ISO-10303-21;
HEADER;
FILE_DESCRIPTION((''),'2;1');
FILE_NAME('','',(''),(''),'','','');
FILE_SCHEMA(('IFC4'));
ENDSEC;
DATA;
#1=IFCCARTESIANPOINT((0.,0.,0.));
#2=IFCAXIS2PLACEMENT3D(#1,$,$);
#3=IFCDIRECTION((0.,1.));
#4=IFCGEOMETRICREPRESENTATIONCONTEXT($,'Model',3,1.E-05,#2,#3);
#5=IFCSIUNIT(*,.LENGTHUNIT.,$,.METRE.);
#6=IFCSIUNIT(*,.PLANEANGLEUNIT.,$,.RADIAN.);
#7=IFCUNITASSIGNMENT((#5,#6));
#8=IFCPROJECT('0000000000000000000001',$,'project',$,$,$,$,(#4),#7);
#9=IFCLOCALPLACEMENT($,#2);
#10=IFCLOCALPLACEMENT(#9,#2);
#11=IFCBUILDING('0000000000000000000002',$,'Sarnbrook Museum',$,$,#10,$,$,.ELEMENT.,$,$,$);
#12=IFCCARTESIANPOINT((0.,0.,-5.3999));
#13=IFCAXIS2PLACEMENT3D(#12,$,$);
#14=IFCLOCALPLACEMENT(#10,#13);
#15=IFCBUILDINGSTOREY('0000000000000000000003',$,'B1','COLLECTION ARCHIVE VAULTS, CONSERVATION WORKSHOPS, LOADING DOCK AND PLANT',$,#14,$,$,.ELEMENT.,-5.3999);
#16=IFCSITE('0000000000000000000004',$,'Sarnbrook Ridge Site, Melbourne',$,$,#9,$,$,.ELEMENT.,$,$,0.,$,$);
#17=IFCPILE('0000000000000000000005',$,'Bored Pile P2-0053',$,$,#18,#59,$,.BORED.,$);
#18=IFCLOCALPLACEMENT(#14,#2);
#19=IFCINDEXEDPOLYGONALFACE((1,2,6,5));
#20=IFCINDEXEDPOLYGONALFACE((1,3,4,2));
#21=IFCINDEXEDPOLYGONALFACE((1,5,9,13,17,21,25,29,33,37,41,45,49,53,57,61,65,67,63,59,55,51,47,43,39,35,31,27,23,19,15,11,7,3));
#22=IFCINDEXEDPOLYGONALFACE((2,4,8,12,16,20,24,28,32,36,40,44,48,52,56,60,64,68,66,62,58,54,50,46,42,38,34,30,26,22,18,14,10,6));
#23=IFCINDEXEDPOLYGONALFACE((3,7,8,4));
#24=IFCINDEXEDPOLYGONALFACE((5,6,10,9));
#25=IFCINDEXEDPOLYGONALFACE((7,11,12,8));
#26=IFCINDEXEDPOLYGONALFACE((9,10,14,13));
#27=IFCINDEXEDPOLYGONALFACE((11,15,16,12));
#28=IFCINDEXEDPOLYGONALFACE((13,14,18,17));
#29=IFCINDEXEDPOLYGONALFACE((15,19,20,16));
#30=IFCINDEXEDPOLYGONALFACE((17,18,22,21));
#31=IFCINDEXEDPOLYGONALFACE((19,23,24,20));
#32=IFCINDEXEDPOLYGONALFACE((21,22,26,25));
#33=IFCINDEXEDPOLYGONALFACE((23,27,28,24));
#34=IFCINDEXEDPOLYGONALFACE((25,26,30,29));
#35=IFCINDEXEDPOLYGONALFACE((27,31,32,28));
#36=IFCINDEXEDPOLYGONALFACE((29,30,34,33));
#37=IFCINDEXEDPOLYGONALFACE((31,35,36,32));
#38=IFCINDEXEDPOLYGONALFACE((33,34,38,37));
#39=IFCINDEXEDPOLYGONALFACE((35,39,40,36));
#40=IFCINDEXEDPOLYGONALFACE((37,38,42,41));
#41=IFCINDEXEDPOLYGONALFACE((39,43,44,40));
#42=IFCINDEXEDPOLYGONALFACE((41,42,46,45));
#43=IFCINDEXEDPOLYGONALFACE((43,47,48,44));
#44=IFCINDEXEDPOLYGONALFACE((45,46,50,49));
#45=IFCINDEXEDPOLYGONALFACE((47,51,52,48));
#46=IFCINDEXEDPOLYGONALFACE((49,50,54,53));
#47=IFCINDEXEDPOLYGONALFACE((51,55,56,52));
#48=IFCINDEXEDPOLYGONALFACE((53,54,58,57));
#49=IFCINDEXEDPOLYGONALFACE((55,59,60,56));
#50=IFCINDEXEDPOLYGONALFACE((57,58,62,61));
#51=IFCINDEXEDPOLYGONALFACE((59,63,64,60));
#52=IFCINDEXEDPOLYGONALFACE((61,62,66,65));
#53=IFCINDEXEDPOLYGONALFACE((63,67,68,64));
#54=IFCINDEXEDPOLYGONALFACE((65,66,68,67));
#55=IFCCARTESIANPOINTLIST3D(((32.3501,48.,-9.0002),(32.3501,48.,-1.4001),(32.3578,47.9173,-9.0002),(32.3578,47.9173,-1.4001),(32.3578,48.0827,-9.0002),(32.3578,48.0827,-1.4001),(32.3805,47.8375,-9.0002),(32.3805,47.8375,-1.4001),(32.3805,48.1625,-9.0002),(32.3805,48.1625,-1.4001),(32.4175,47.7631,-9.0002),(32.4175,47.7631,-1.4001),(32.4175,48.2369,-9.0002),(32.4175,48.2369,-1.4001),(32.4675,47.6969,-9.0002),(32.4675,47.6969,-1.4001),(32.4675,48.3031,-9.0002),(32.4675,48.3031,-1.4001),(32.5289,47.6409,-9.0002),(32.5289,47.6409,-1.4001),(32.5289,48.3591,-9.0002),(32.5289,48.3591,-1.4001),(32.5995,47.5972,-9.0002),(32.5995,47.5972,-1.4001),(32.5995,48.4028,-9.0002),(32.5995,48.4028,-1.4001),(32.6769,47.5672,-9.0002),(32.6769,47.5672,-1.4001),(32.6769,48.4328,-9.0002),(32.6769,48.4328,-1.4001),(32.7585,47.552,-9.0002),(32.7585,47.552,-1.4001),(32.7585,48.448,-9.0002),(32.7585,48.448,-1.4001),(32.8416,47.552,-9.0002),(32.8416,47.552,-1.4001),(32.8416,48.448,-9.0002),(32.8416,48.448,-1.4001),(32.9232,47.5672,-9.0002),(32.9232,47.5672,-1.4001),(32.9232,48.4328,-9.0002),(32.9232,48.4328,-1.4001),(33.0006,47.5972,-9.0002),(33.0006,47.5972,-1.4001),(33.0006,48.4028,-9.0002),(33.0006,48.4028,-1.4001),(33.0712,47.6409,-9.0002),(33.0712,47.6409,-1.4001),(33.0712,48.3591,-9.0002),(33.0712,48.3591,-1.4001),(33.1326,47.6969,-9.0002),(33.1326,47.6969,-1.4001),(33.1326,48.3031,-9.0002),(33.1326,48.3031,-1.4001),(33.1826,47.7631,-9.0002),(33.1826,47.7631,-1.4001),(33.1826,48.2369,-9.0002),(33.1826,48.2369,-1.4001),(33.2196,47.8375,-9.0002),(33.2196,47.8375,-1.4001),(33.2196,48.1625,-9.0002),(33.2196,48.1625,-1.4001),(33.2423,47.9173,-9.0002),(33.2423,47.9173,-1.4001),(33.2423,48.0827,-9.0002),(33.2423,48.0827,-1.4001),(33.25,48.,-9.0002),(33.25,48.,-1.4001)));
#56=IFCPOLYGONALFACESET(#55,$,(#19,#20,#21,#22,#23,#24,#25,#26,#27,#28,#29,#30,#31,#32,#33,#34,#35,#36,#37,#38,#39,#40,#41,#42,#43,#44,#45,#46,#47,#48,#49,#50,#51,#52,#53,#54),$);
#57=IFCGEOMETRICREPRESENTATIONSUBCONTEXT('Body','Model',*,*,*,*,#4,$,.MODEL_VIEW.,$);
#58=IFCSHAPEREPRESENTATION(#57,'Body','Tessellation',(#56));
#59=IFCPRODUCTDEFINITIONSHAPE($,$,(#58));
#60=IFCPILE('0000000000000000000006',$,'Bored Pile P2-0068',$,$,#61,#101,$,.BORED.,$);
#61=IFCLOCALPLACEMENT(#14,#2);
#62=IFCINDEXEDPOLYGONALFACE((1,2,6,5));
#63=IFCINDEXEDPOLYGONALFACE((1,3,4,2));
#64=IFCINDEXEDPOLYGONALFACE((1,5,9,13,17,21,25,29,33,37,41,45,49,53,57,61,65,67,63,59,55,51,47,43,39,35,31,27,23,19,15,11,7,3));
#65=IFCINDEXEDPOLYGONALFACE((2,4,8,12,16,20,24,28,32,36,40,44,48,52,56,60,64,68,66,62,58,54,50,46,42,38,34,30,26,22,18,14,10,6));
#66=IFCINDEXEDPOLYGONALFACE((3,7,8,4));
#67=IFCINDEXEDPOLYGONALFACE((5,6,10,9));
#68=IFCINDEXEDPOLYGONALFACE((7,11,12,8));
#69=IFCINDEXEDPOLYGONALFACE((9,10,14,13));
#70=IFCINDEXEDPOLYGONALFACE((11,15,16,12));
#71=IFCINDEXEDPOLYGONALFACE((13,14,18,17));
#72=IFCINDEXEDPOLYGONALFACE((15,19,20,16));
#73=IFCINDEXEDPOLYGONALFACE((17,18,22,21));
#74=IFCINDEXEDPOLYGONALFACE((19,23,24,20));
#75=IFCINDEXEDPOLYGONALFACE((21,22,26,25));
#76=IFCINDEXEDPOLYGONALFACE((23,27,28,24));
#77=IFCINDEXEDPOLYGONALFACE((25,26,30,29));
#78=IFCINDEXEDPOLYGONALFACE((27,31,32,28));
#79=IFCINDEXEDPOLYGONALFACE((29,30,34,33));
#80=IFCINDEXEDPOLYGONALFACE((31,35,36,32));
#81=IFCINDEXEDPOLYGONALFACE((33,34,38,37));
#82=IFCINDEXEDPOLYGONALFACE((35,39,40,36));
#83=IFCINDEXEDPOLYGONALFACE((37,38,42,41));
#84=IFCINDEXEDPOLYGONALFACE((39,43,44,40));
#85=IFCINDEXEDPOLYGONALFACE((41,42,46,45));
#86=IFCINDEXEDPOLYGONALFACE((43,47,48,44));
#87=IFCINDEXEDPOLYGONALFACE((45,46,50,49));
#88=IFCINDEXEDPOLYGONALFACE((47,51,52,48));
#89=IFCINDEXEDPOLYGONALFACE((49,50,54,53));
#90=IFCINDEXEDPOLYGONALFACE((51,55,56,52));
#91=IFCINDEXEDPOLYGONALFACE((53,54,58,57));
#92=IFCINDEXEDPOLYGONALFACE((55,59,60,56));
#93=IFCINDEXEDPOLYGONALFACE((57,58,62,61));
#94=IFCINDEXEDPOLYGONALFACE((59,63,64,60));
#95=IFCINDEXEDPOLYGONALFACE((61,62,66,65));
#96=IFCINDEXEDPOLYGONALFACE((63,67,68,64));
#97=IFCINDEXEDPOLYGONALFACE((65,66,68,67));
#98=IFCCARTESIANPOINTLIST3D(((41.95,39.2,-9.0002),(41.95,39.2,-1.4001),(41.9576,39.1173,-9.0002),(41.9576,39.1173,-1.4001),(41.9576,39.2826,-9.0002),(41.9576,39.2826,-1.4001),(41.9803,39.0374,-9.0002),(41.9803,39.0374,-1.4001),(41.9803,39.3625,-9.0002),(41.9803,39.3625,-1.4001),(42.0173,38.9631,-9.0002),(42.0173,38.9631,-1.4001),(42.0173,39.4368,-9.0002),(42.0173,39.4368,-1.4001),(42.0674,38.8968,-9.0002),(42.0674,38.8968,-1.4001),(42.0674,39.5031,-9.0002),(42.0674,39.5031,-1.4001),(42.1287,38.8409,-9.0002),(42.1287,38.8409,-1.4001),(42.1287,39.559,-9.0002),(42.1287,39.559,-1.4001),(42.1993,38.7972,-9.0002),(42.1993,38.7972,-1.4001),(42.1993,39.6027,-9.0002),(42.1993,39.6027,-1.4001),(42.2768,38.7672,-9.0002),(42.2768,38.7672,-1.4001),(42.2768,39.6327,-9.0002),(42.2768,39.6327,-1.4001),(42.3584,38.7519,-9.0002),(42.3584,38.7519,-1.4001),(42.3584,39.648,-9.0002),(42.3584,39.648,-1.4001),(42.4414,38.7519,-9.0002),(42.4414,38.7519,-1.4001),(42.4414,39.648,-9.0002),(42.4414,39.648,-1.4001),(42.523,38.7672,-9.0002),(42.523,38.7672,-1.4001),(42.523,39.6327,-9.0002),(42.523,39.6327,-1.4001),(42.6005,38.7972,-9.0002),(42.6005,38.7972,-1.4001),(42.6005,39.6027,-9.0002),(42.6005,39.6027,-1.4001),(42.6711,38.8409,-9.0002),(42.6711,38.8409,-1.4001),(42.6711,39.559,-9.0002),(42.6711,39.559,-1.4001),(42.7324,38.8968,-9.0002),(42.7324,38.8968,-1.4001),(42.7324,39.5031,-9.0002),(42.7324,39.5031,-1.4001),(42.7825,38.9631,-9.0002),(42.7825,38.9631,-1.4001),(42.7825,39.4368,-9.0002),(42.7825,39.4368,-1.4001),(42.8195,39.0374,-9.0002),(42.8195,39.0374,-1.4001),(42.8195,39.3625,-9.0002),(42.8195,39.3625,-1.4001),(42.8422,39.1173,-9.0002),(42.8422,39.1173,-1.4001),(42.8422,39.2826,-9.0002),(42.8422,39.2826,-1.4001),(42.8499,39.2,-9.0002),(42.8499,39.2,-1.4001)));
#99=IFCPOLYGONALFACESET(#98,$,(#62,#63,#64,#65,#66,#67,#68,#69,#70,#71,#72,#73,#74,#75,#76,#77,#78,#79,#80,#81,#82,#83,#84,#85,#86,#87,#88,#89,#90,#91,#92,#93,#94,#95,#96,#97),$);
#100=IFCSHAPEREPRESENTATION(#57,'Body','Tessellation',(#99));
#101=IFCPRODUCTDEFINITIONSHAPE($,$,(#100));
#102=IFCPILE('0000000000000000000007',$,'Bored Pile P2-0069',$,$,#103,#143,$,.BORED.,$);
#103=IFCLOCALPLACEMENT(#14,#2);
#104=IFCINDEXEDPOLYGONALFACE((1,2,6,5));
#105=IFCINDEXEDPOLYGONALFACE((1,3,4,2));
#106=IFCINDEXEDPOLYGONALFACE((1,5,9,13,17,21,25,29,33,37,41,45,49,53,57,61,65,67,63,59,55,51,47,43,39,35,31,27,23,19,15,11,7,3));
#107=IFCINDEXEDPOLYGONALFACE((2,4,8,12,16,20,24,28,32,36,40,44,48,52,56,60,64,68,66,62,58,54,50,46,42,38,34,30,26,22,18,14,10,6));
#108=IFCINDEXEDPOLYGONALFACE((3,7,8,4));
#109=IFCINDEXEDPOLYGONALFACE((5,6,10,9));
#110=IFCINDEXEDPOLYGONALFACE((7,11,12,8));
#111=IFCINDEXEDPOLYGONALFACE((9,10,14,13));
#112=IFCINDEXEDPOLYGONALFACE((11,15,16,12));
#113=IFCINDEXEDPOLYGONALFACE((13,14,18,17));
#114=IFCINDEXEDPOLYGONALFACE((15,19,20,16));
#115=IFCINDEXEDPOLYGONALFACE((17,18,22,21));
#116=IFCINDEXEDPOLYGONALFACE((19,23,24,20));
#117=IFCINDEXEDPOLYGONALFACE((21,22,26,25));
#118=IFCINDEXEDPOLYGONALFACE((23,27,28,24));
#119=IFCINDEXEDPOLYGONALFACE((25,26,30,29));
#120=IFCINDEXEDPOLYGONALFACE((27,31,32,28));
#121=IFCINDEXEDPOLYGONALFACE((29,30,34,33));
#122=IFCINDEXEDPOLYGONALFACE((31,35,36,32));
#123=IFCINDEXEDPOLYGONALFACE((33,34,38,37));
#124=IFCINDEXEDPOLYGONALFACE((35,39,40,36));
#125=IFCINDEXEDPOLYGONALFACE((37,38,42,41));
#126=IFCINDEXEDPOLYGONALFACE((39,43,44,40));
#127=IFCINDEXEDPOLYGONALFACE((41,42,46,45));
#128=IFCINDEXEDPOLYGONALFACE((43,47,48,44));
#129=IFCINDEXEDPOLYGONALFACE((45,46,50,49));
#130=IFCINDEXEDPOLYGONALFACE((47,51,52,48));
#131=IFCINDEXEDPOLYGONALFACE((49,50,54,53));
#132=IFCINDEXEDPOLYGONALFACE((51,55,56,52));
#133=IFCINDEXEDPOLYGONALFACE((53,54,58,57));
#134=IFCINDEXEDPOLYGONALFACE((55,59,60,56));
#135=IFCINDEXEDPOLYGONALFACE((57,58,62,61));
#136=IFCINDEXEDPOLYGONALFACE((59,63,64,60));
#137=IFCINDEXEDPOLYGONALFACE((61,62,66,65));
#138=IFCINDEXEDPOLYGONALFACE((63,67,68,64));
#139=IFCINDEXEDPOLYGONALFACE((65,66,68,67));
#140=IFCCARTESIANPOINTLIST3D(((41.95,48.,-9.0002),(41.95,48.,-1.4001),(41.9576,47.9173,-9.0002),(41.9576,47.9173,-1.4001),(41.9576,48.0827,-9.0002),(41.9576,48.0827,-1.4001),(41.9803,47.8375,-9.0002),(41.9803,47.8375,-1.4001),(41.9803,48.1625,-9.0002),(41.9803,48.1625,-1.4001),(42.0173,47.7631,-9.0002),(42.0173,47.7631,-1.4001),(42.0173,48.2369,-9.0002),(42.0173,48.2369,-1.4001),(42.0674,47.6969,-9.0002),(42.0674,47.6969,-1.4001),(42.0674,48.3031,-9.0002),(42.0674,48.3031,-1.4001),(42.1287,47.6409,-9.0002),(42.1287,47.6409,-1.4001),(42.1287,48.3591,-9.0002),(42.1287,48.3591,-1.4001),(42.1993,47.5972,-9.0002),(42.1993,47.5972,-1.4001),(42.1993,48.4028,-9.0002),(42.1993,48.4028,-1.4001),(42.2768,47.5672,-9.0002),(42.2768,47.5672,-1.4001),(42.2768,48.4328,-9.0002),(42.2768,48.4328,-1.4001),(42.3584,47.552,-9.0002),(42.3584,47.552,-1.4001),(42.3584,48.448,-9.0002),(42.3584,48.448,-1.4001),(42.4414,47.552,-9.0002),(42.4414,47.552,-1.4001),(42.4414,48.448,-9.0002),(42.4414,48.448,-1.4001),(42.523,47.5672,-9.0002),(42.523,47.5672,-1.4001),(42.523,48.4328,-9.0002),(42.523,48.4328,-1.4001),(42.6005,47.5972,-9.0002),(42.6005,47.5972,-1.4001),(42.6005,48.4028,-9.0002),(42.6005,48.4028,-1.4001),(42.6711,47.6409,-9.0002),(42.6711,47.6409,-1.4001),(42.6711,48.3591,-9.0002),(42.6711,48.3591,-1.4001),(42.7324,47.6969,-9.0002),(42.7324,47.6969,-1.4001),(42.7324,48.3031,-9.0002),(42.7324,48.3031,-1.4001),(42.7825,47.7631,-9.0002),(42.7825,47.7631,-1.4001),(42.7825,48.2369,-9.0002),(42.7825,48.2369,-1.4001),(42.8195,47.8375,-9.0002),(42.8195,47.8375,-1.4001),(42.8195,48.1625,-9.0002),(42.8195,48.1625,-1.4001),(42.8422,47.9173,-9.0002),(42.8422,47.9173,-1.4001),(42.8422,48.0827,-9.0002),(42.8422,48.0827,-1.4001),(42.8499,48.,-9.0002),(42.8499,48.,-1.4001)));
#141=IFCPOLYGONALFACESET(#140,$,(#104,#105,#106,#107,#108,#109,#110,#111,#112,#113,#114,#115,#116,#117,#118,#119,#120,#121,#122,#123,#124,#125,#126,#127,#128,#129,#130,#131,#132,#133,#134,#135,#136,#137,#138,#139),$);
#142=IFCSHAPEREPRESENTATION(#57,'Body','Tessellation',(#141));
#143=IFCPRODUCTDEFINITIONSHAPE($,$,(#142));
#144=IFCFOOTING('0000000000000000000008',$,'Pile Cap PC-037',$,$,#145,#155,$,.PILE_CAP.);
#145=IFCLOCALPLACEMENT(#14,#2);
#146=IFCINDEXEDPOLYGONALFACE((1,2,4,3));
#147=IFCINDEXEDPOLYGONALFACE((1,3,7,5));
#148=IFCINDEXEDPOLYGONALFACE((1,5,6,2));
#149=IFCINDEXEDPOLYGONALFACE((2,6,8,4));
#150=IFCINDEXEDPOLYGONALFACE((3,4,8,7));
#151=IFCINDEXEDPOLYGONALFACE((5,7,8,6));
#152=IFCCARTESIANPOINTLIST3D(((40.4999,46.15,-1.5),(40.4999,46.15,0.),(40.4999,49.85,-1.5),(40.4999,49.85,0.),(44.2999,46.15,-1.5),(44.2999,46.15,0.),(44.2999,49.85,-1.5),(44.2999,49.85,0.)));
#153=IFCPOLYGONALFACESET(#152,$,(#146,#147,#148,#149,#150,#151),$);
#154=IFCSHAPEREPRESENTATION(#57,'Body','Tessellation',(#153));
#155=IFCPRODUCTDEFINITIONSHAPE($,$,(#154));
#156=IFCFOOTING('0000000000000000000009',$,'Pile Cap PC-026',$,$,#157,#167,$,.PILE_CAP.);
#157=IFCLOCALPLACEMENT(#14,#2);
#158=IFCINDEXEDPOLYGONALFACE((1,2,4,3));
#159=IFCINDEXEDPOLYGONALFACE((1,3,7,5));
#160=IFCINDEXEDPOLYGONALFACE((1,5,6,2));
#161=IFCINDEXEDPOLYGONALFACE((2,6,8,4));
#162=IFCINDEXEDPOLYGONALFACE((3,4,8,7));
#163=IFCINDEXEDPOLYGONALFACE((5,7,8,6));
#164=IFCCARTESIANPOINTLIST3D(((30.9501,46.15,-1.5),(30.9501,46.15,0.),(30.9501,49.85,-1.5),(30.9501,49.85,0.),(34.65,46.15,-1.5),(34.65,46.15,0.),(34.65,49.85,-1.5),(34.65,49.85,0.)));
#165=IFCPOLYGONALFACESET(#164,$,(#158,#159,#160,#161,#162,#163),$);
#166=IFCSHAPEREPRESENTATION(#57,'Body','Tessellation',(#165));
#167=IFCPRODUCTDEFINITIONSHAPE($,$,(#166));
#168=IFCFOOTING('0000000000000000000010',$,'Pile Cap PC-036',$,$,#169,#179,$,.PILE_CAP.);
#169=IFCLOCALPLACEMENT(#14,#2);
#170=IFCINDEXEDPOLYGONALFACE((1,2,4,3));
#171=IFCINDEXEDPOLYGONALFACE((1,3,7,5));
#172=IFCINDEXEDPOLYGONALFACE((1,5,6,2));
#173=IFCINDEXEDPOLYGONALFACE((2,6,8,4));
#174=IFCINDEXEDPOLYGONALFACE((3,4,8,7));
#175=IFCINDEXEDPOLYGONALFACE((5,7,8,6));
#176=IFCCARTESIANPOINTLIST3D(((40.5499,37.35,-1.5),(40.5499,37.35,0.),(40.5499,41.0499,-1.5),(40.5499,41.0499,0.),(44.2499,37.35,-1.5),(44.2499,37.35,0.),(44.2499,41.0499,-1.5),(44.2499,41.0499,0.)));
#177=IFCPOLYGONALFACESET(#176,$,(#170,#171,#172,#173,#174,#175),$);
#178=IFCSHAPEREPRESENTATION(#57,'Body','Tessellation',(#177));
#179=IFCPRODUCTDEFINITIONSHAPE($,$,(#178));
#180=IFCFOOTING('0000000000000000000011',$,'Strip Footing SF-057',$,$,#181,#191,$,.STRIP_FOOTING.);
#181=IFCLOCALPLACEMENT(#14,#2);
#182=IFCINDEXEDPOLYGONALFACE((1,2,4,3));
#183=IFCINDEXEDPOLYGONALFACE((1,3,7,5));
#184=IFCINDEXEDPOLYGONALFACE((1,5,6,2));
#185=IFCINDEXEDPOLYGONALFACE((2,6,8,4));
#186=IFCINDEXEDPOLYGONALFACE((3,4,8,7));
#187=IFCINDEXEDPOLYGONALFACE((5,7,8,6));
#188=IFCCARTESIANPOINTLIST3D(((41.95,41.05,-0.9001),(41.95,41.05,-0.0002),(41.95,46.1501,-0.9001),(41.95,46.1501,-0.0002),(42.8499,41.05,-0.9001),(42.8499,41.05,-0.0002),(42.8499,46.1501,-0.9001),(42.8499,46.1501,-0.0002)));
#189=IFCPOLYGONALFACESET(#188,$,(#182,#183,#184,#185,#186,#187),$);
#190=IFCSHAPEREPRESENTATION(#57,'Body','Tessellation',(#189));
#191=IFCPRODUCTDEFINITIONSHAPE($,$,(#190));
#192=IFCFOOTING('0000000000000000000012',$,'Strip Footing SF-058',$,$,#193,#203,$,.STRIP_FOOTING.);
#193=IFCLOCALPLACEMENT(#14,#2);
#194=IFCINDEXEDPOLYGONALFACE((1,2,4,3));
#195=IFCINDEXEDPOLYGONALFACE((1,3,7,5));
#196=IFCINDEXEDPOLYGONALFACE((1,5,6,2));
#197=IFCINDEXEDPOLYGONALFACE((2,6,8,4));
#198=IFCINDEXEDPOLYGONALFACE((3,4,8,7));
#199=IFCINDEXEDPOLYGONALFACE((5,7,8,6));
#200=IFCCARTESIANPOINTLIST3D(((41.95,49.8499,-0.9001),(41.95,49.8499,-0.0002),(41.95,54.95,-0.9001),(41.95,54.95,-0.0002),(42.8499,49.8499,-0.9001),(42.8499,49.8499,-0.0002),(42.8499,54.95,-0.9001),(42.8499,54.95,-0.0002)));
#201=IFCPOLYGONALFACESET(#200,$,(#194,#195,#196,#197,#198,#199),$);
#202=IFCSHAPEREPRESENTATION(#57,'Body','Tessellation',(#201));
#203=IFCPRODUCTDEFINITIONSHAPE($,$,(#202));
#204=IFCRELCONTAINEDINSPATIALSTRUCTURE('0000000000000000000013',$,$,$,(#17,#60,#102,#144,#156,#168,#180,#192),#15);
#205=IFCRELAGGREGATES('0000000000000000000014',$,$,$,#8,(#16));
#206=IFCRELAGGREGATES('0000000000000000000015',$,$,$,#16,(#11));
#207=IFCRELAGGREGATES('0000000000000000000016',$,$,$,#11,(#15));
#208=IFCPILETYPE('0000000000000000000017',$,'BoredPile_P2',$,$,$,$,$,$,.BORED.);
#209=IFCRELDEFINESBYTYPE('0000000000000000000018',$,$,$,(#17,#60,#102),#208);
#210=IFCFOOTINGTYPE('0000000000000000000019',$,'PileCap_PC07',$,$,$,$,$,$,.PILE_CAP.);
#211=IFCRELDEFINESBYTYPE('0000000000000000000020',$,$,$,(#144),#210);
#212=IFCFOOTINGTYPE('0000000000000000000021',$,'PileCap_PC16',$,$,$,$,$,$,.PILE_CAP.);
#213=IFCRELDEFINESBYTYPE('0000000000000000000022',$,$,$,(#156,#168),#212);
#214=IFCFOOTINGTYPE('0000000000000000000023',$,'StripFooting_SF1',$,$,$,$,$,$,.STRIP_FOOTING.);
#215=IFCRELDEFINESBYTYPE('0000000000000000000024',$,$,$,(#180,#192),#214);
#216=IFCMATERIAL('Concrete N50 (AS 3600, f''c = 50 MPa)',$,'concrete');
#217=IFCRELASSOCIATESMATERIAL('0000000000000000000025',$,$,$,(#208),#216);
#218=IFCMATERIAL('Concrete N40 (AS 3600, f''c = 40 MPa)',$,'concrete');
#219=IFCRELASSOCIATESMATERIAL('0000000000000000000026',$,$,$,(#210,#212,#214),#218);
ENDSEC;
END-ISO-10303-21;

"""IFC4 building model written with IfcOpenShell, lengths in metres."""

from ifc_helpers import new_model, si_unit, direction, frame, origin, origin_2d, place, context, subcontext, project, spatial, rectangle, circle, extrude, material, material_profile, profile_set, type_object, element, save


model = new_model("IFC4")

# Units and contexts
model_context = context("Model", 3, precision=1e-05, world=origin(), true_north=direction((0.0, 1.0)))
body_context = subcontext(model_context, "Body", "Model", "MODEL_VIEW")
ifc_project = project(units=[si_unit("LENGTHUNIT", "METRE"), si_unit("PLANEANGLEUNIT", "RADIAN")], contexts=[model_context])

# Site, building, storey
site_placement = place(None, origin())
site = spatial("IfcSite", under=ifc_project, at=site_placement, Name="Sarnbrook Ridge Site, Melbourne", CompositionType="ELEMENT", RefElevation=0.0)
building_placement = place(site_placement, origin())
building = spatial("IfcBuilding", under=site, at=building_placement, Name="Sarnbrook Museum", CompositionType="ELEMENT")
storey_placement = place(building_placement, frame((0.0, 0.0, -5.3999)))
storey = spatial("IfcBuildingStorey", under=building, at=storey_placement, Name="B1", Description="COLLECTION ARCHIVE VAULTS, CONSERVATION WORKSHOPS, LOADING DOCK AND PLANT", CompositionType="ELEMENT", Elevation=-5.3999)

# Piles
ifc_material_1 = material(Name="Concrete N50 (AS 3600, f'c = 50 MPa)", Category="concrete")
ifc_material_profile_1 = material_profile(ifc_material_1, circle(Radius=0.45, at=origin_2d()), Name="BORED PILE D900")
ifc_profile_set_1 = profile_set([ifc_material_profile_1], Name="Concrete N50 (AS 3600, f'c = 50 MPa)")
pile_type = type_object("IfcPileType", Name="BoredPile_P2", PredefinedType="BORED", material=ifc_profile_set_1)
for number, where, z_axis, x_axis, name in (
    (1, (32.8, 48.0, -1.4001), (0.0, 0.0, -1.0), (1.0, 0.0, 0.0), "Bored Pile P2-0053"),
    (2, (42.3999, 39.2, -1.4001), (0.0, 0.0, -1.0), (1.0, 0.0, 0.0), "Bored Pile P2-0068"),
    (3, (42.3999, 48.0, -1.4001), (0.0, 0.0, -1.0), (1.0, 0.0, 0.0), "Bored Pile P2-0069"),
):
    element("IfcPile", number, at=place(storey_placement, frame(where, z_axis=z_axis, x_axis=x_axis)), inside=storey, type_object=pile_type, Name=name, PredefinedType="BORED", context=body_context, shape_type="SweptSolid", body=[
        extrude(circle(Radius=0.45, at=origin_2d()), origin(), (0.0, 0.0, 1.0), 7.6001),
    ])

# Footings
ifc_material_2 = material(Name="Concrete N40 (AS 3600, f'c = 40 MPa)", Category="concrete")
footing_type_1 = type_object("IfcFootingType", Name="PileCap_PC07", PredefinedType="PILE_CAP", material=ifc_material_2)
footing_placement = place(storey_placement, frame((42.3999, 48.0, -1.5), z_axis=(0.0, 0.0, 1.0), x_axis=(1.0, 0.0, 0.0)))
element("IfcFooting", 4, at=footing_placement, inside=storey, type_object=footing_type_1, Name="Pile Cap PC-037", PredefinedType="PILE_CAP", context=body_context, shape_type="SweptSolid", body=[
    extrude(rectangle(XDim=3.8, YDim=3.7, at=origin_2d()), origin(), (0.0, 0.0, 1.0), 1.5),
])
footing_type_2 = type_object("IfcFootingType", Name="PileCap_PC16", PredefinedType="PILE_CAP", material=ifc_material_2)
for number, where, z_axis, x_axis, name in (
    (5, (32.8, 48.0, -1.5), (0.0, 0.0, 1.0), (1.0, 0.0, 0.0), "Pile Cap PC-026"),
    (6, (42.3999, 39.2, -1.5), (0.0, 0.0, 1.0), (1.0, 0.0, 0.0), "Pile Cap PC-036"),
):
    element("IfcFooting", number, at=place(storey_placement, frame(where, z_axis=z_axis, x_axis=x_axis)), inside=storey, type_object=footing_type_2, Name=name, PredefinedType="PILE_CAP", context=body_context, shape_type="SweptSolid", body=[
        extrude(rectangle(XDim=3.7, YDim=3.7, at=origin_2d()), origin(), (0.0, 0.0, 1.0), 1.5),
    ])
footing_type_3 = type_object("IfcFootingType", Name="StripFooting_SF1", PredefinedType="STRIP_FOOTING", material=ifc_material_2)
for number, where, z_axis, x_axis, name in (
    (7, (42.3999, 43.6001, -0.9001), (0.0, 0.0, 1.0), (1.0, 0.0, 0.0), "Strip Footing SF-057"),
    (8, (42.3999, 52.3999, -0.9001), (0.0, 0.0, 1.0), (1.0, 0.0, 0.0), "Strip Footing SF-058"),
):
    element("IfcFooting", number, at=place(storey_placement, frame(where, z_axis=z_axis, x_axis=x_axis)), inside=storey, type_object=footing_type_3, Name=name, PredefinedType="STRIP_FOOTING", context=body_context, shape_type="SweptSolid", body=[
        extrude(rectangle(XDim=0.8999, YDim=5.1001, at=origin_2d()), origin(), (0.0, 0.0, 1.0), 0.8999),
    ])

save(model, "model.ifc")
